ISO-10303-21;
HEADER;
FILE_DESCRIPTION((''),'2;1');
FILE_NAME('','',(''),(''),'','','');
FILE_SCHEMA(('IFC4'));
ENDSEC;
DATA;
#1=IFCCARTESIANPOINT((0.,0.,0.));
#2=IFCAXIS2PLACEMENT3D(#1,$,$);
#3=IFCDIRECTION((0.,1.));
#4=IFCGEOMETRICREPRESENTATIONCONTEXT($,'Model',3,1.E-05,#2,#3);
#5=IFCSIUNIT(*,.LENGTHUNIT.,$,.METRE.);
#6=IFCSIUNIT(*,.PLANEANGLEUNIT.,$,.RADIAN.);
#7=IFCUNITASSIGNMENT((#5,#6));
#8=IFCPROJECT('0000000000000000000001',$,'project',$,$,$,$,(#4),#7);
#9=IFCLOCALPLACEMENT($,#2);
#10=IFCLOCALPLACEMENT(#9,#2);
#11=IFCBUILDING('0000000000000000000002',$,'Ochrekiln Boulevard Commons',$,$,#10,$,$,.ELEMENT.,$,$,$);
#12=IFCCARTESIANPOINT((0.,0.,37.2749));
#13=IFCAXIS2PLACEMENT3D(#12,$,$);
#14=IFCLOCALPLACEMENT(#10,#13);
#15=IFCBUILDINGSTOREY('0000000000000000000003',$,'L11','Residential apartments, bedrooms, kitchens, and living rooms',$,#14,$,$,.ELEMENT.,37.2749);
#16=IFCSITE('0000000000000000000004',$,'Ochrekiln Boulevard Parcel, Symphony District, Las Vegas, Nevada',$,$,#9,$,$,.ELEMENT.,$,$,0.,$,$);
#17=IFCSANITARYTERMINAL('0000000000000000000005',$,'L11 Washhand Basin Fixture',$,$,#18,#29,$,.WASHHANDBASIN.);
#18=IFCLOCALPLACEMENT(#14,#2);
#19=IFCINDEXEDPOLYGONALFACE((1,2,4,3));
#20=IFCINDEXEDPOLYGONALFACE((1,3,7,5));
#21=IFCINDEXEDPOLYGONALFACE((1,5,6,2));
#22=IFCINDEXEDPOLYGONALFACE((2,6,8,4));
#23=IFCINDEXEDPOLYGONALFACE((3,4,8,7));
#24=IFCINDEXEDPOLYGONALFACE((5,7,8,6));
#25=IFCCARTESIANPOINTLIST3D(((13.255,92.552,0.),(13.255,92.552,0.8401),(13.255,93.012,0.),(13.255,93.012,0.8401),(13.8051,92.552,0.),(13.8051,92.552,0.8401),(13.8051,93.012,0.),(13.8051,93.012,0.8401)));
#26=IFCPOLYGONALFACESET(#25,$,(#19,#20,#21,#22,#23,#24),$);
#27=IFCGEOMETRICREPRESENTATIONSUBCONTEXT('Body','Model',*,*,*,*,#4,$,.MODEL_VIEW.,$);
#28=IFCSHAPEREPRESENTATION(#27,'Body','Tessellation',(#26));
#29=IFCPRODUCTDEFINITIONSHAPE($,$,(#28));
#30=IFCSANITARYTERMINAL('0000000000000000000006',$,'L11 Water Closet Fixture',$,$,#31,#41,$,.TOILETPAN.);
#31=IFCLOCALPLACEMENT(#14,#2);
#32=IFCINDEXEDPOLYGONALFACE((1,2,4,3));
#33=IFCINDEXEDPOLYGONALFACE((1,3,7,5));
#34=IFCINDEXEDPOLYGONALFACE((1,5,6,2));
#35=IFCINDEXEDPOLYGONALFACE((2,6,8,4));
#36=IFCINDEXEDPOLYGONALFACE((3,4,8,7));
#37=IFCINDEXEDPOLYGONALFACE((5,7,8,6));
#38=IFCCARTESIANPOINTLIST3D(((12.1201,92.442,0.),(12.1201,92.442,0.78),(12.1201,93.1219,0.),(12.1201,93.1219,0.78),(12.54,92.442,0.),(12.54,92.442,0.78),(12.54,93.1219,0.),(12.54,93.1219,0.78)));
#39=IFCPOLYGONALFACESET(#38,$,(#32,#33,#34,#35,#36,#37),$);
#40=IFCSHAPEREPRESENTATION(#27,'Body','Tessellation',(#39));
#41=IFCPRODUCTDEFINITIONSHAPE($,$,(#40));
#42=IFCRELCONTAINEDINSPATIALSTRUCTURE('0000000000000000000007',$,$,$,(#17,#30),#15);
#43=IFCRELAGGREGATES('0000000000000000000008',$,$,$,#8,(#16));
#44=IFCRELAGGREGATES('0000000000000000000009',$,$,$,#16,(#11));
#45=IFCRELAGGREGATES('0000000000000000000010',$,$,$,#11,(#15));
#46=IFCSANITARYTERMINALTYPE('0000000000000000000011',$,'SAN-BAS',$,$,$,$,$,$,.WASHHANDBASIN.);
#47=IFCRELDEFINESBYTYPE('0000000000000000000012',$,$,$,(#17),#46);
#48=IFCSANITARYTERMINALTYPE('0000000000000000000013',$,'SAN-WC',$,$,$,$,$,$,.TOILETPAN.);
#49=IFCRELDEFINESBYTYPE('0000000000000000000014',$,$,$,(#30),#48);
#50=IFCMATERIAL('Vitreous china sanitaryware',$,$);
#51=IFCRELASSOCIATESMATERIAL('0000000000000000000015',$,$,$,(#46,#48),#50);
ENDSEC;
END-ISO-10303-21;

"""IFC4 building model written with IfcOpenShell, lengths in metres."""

from ifc_helpers import new_model, si_unit, direction, frame, origin, origin_2d, place, context, subcontext, project, spatial, rectangle, extrude, material, type_object, element, save


model = new_model("IFC4")

# Units and contexts
model_context = context("Model", 3, precision=1e-05, world=origin(), true_north=direction((0.0, 1.0)))
body_context = subcontext(model_context, "Body", "Model", "MODEL_VIEW")
ifc_project = project(units=[si_unit("LENGTHUNIT", "METRE"), si_unit("PLANEANGLEUNIT", "RADIAN")], contexts=[model_context])

# Site, building, storey
site_placement = place(None, origin())
site = spatial("IfcSite", under=ifc_project, at=site_placement, Name="Ochrekiln Boulevard Parcel, Symphony District, Las Vegas, Nevada", CompositionType="ELEMENT", RefElevation=0.0)
building_placement = place(site_placement, origin())
building = spatial("IfcBuilding", under=site, at=building_placement, Name="Ochrekiln Boulevard Commons", CompositionType="ELEMENT")
storey_placement = place(building_placement, frame((0.0, 0.0, 37.2749)))
storey = spatial("IfcBuildingStorey", under=building, at=storey_placement, Name="L11", Description="Residential apartments, bedrooms, kitchens, and living rooms", CompositionType="ELEMENT", Elevation=37.2749)

# Sanitary terminals
ifc_material_1 = material(Name="Vitreous china sanitaryware")
sanitary_terminal_type_1 = type_object("IfcSanitaryTerminalType", Name="SAN-BAS", PredefinedType="WASHHANDBASIN", material=ifc_material_1)
sanitary_terminal_1_placement = place(storey_placement, frame((13.53, 92.782, 0.0), z_axis=(0.0, 0.0, 1.0), x_axis=(1.0, 0.0, 0.0)))
element("IfcSanitaryTerminal", 1, at=sanitary_terminal_1_placement, inside=storey, type_object=sanitary_terminal_type_1, Name="L11 Washhand Basin Fixture", PredefinedType="WASHHANDBASIN", context=body_context, shape_type="SweptSolid", body=[
    extrude(rectangle(XDim=0.55, YDim=0.46, at=origin_2d()), origin(), (0.0, 0.0, 1.0), 0.8401),
])
sanitary_terminal_type_2 = type_object("IfcSanitaryTerminalType", Name="SAN-WC", PredefinedType="TOILETPAN", material=ifc_material_1)
sanitary_terminal_2_placement = place(storey_placement, frame((12.3301, 92.782, 0.0), z_axis=(0.0, 0.0, 1.0), x_axis=(1.0, 0.0, 0.0)))
element("IfcSanitaryTerminal", 2, at=sanitary_terminal_2_placement, inside=storey, type_object=sanitary_terminal_type_2, Name="L11 Water Closet Fixture", PredefinedType="TOILETPAN", context=body_context, shape_type="SweptSolid", body=[
    extrude(rectangle(XDim=0.4199, YDim=0.6799, at=origin_2d()), origin(), (0.0, 0.0, 1.0), 0.78),
])

save(model, "model.ifc")
